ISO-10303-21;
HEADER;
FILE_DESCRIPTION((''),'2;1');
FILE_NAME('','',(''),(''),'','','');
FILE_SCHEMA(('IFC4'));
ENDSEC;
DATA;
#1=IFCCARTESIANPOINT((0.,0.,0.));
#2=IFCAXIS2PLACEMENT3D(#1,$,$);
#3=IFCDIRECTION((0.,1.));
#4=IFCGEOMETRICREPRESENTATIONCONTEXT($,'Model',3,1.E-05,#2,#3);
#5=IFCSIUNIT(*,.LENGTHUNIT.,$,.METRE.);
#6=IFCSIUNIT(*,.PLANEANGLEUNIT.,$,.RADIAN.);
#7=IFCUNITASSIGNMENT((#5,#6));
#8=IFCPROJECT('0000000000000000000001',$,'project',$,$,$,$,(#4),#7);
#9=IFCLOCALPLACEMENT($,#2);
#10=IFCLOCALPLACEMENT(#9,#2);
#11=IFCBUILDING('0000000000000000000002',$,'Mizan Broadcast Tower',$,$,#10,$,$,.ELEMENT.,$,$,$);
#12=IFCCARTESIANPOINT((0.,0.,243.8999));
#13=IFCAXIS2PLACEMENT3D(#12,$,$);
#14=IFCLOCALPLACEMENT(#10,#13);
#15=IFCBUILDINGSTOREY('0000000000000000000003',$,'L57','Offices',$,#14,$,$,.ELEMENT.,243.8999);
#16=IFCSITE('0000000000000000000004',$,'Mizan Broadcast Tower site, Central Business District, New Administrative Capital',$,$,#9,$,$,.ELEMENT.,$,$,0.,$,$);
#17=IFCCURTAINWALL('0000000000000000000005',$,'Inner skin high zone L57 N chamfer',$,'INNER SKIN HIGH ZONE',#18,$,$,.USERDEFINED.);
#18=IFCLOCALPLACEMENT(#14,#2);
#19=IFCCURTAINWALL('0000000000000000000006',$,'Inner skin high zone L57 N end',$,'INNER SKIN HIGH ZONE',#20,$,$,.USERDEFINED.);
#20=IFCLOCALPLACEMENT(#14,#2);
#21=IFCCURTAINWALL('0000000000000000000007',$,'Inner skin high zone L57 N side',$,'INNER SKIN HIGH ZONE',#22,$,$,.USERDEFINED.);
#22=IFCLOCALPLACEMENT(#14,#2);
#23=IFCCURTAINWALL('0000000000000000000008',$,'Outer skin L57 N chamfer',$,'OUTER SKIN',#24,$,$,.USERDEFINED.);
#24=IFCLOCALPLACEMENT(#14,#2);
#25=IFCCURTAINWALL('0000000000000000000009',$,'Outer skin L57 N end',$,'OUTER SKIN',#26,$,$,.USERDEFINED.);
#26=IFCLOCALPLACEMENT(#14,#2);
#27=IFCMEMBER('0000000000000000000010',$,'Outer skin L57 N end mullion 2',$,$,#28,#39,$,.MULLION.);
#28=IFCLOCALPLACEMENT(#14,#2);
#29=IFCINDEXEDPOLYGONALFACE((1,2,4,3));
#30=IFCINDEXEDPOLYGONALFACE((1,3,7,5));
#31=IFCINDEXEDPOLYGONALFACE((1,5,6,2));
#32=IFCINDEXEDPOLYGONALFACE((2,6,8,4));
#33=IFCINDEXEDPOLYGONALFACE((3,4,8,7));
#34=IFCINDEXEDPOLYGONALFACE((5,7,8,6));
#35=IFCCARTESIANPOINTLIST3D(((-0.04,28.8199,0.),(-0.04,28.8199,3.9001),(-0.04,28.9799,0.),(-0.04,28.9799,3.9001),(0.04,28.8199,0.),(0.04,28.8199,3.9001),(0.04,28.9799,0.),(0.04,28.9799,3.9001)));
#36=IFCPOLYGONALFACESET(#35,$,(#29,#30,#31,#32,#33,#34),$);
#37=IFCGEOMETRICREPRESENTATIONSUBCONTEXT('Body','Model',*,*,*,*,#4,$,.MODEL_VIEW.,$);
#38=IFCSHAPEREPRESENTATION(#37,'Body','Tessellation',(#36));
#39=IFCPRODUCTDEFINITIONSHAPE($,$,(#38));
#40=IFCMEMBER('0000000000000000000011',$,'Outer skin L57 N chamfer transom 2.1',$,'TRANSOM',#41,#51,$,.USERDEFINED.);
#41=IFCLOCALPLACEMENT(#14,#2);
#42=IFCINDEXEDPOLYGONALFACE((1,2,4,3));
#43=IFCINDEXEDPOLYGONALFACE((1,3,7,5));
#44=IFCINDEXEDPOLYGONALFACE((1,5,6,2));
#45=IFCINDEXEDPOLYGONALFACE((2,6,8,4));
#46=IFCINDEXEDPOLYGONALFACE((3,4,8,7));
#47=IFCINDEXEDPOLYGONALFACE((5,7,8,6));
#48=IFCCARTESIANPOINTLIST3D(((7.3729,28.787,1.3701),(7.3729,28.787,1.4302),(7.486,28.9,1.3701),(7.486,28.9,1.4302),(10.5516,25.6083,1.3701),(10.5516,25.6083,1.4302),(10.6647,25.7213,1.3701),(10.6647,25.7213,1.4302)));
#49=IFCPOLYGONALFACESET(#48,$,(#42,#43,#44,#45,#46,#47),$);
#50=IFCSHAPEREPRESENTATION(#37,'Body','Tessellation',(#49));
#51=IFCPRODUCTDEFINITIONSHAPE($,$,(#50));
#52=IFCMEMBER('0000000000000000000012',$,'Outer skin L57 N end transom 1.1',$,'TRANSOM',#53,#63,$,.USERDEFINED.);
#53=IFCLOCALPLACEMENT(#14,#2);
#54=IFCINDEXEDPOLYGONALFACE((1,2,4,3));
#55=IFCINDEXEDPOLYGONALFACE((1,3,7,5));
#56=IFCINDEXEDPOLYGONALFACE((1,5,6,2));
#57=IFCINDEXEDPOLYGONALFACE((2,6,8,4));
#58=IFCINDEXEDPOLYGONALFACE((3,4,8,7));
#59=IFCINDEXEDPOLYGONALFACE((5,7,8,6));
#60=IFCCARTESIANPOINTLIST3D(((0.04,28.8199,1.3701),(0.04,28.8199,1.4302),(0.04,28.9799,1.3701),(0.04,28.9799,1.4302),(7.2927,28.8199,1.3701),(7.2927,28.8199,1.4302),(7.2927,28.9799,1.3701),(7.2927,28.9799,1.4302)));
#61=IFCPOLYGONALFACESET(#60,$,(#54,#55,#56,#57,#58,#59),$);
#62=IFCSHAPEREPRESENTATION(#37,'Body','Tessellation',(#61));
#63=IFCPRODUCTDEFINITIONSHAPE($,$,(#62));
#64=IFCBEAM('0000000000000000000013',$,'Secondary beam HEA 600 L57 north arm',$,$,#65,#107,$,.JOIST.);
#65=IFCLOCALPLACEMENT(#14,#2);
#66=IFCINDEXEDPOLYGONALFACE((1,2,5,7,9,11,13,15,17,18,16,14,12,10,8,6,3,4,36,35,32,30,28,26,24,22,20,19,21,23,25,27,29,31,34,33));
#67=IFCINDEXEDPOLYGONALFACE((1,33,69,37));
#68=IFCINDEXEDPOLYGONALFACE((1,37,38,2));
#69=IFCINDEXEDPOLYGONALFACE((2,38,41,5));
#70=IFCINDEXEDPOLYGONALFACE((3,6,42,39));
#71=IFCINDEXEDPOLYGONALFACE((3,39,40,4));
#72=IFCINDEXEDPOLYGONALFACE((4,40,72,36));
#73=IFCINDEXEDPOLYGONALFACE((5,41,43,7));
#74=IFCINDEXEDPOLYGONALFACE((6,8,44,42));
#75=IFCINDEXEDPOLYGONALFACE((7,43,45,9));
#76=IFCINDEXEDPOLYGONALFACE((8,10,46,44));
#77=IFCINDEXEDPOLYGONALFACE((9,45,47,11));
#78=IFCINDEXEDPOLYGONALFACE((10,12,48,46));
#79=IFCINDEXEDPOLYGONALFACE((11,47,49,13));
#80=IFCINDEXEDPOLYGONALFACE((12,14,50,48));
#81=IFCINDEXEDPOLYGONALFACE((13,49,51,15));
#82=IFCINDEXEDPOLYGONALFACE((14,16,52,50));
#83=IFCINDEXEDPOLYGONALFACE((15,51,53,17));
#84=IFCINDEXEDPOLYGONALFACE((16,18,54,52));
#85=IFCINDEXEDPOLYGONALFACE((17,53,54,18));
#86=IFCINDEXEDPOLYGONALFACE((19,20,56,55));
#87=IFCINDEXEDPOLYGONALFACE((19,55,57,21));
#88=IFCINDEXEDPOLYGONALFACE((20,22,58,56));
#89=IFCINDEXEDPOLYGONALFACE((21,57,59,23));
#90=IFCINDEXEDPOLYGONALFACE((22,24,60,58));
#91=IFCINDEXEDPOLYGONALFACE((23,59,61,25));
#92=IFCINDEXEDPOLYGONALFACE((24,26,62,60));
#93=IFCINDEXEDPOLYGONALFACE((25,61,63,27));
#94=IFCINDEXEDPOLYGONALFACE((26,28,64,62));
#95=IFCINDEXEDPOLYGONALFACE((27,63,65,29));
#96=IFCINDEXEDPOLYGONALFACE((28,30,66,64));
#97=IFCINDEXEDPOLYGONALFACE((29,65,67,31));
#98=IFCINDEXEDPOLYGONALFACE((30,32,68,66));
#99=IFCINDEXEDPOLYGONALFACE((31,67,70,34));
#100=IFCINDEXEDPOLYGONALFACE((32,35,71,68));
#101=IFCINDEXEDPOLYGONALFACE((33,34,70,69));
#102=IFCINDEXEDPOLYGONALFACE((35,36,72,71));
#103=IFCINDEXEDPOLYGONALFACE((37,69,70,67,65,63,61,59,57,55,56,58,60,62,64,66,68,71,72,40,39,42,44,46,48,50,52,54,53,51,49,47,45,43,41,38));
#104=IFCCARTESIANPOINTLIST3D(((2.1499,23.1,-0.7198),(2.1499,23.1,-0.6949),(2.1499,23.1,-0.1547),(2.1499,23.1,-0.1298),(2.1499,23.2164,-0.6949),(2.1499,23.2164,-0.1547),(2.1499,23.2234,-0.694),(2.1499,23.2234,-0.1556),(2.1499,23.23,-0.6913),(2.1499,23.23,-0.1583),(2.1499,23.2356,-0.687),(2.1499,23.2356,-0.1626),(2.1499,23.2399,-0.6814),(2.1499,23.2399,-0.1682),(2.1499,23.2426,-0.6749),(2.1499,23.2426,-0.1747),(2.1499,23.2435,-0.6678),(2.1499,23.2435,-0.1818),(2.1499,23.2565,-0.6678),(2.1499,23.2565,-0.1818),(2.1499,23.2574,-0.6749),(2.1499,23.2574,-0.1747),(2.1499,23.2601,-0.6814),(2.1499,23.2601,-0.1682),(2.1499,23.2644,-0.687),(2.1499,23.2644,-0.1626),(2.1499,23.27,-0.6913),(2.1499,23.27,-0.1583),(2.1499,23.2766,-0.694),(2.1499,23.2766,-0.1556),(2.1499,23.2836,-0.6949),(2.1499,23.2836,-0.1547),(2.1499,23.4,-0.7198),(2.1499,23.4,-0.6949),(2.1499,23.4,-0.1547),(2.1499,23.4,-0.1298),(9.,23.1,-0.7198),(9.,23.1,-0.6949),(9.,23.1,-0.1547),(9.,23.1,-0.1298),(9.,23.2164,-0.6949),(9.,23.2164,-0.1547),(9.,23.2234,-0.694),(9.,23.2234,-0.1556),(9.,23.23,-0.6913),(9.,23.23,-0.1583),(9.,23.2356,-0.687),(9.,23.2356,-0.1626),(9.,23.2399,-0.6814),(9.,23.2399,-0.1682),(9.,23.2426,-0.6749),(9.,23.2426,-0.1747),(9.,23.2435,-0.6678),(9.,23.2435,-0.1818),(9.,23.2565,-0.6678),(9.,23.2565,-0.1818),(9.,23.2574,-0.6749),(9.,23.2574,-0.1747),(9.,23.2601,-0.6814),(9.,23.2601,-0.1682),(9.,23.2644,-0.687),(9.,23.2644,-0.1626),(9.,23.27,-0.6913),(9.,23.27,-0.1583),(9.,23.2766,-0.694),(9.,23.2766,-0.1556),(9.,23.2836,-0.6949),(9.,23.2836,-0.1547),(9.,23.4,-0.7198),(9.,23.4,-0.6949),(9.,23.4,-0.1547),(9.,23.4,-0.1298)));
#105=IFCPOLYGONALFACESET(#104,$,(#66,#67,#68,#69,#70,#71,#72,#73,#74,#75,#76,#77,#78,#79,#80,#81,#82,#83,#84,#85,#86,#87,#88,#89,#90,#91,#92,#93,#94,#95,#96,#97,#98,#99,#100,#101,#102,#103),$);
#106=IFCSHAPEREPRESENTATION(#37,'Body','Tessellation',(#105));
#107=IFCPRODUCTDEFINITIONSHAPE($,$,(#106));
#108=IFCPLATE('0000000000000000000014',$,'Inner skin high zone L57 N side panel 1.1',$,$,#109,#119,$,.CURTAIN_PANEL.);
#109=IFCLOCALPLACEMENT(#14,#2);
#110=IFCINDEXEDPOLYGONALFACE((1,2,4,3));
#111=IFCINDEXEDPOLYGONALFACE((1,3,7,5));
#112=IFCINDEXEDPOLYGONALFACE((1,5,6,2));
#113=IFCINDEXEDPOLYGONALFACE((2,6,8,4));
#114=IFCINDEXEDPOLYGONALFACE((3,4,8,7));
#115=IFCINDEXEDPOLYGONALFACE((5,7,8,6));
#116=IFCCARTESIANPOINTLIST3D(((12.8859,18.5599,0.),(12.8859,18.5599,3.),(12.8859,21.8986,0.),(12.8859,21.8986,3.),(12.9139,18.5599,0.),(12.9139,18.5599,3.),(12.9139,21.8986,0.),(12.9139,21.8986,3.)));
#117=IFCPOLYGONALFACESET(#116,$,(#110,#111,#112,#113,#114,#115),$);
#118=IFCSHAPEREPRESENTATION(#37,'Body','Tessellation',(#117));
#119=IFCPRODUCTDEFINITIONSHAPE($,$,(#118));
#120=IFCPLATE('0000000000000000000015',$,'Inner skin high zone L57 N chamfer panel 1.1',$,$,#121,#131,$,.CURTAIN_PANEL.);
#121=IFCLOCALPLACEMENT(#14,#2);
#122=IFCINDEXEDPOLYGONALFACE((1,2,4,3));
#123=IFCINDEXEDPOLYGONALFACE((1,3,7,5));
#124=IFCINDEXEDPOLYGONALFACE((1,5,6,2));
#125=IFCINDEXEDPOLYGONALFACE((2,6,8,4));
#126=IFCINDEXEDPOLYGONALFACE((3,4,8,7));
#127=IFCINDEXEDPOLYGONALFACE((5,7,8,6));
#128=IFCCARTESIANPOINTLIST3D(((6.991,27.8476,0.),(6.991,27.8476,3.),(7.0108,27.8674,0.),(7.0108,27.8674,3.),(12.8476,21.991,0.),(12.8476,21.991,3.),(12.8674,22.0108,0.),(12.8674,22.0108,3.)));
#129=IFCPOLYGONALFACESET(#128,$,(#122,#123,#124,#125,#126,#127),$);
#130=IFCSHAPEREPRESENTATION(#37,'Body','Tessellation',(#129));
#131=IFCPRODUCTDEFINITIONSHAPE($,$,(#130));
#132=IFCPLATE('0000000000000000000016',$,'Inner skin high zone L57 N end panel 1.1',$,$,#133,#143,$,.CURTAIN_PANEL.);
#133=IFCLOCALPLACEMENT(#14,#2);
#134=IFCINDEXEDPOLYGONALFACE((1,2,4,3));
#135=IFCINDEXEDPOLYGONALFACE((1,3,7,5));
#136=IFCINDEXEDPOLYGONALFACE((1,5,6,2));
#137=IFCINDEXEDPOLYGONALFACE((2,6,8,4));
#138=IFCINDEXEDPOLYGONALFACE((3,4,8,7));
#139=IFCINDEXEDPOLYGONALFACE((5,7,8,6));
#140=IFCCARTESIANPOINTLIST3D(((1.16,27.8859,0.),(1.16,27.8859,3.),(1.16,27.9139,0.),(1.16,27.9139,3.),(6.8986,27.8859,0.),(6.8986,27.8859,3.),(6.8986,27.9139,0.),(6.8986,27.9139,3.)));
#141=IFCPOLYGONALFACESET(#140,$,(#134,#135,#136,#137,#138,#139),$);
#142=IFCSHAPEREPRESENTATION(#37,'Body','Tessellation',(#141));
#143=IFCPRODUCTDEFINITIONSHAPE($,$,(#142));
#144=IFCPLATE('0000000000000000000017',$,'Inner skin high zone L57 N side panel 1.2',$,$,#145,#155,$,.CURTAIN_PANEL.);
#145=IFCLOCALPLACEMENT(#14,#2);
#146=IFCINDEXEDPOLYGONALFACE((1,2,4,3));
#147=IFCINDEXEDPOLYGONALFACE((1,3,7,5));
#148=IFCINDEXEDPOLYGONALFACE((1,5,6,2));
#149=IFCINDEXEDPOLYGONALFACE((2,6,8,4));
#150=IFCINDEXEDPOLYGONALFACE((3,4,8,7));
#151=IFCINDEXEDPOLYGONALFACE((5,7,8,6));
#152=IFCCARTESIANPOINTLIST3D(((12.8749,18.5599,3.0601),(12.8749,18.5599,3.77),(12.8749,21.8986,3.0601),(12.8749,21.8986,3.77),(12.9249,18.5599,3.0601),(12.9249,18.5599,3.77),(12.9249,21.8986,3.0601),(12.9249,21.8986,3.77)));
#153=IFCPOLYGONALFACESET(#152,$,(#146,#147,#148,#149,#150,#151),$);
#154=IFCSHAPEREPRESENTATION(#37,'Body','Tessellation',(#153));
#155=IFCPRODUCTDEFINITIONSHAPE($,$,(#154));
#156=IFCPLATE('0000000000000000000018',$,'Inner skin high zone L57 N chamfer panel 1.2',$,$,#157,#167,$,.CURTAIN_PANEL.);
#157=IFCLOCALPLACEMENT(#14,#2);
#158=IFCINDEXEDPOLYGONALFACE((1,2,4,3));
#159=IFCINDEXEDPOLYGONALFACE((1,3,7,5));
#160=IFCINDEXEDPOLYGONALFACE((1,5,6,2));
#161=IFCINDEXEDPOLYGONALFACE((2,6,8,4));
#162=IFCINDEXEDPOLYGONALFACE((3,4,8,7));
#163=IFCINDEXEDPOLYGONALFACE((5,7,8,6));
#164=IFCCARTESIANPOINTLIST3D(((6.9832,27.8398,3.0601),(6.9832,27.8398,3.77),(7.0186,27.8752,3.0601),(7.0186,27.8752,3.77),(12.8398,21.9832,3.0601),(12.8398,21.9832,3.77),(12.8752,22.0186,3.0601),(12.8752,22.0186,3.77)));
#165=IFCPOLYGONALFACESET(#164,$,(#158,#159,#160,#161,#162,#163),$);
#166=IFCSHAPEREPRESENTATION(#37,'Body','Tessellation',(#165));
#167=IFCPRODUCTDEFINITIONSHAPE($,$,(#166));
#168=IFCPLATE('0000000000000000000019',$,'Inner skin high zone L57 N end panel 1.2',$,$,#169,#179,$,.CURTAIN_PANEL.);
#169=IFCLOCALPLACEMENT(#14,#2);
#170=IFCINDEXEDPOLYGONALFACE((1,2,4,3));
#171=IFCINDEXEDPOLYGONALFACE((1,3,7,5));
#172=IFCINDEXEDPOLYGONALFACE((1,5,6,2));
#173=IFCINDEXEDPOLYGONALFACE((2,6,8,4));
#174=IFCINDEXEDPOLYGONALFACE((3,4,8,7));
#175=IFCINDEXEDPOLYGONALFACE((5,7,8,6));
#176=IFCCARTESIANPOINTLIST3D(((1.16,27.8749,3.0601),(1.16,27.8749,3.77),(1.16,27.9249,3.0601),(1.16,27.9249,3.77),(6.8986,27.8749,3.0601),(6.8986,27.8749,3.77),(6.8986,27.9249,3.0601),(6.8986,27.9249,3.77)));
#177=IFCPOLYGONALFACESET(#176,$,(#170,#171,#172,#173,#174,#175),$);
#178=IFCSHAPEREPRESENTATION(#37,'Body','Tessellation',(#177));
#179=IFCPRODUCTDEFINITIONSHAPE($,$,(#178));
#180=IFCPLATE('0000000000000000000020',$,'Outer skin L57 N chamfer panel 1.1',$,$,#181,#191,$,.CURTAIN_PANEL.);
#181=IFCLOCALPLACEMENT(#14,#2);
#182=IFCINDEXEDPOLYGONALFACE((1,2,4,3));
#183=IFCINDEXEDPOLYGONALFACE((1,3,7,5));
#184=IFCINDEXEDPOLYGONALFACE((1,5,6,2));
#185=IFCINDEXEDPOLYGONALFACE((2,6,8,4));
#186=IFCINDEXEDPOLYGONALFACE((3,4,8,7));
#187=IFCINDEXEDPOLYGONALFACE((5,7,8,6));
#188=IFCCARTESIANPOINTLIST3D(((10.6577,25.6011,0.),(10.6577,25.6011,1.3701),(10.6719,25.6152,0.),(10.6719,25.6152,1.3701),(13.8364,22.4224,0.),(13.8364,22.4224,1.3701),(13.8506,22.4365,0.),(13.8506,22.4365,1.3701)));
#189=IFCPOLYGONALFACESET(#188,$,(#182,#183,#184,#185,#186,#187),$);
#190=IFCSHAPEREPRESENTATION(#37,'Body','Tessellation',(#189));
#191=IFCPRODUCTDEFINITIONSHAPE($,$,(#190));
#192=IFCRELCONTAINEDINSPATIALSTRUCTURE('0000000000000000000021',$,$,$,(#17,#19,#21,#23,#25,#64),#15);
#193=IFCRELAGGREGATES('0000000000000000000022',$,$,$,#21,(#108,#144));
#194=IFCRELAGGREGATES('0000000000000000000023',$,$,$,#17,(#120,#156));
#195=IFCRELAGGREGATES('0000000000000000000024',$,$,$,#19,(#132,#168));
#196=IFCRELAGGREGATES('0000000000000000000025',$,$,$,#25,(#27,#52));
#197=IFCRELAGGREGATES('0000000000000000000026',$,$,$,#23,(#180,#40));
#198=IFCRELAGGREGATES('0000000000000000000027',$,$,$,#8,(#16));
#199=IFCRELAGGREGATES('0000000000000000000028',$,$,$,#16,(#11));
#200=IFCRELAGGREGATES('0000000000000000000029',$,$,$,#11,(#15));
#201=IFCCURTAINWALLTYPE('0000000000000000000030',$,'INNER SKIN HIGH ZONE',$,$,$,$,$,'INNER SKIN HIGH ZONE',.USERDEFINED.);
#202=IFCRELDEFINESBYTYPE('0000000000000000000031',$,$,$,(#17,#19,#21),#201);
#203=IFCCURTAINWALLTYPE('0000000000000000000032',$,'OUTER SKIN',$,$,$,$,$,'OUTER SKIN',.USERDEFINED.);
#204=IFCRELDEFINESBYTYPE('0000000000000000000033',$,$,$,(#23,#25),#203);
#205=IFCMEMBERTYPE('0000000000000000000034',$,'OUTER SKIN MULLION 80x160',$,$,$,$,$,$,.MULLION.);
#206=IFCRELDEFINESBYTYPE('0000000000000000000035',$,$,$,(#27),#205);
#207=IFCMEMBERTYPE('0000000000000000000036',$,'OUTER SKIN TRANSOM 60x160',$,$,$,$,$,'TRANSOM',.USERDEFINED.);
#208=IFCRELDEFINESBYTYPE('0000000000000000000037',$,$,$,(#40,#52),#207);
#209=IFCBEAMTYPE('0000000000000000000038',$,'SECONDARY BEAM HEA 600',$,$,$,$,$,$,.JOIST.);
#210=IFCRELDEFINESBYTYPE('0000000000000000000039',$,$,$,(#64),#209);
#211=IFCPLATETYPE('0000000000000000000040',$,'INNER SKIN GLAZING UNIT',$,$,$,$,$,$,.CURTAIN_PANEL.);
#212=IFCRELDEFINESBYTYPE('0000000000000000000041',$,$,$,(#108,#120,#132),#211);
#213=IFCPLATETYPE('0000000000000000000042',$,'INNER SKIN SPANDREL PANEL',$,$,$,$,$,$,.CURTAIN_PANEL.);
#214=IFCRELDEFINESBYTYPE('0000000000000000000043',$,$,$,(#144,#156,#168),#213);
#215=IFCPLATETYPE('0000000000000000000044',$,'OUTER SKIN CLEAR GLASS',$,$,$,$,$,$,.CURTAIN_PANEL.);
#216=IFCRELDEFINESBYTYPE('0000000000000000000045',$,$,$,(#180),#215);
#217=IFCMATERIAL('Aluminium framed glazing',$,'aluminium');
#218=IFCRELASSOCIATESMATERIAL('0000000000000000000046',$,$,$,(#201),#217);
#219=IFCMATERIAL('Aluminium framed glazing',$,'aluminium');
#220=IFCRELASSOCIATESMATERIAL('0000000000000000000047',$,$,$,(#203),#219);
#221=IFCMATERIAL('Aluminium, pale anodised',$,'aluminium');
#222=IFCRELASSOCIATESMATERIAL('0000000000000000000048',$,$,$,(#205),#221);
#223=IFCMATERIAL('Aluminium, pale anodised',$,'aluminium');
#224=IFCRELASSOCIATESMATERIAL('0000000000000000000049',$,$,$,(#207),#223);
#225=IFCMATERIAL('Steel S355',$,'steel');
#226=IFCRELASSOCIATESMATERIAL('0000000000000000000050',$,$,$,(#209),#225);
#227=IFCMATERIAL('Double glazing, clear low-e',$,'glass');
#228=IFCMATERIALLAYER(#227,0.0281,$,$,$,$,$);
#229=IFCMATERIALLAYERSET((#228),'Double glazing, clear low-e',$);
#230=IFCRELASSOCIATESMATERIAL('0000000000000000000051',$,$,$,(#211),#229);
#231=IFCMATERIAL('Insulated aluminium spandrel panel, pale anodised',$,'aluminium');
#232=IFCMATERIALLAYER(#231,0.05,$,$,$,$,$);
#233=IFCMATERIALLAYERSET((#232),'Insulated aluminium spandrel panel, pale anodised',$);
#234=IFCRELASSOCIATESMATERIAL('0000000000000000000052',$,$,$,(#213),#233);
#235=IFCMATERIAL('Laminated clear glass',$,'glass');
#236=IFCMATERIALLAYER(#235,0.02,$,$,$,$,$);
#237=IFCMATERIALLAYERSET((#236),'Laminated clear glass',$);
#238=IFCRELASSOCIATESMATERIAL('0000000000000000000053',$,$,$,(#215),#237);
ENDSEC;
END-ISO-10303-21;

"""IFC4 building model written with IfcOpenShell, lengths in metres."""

from ifc_helpers import new_model, si_unit, direction, frame, origin, origin_2d, place, context, subcontext, project, spatial, rectangle, i_section, extrude, material, layer, layer_set, material_profile, profile_set, type_object, element, aggregate, save


model = new_model("IFC4")

# Units and contexts
model_context = context("Model", 3, precision=1e-05, world=origin(), true_north=direction((0.0, 1.0)))
body_context = subcontext(model_context, "Body", "Model", "MODEL_VIEW")
ifc_project = project(units=[si_unit("LENGTHUNIT", "METRE"), si_unit("PLANEANGLEUNIT", "RADIAN")], contexts=[model_context])

# Site, building, storey
site_placement = place(None, origin())
site = spatial("IfcSite", under=ifc_project, at=site_placement, Name="Mizan Broadcast Tower site, Central Business District, New Administrative Capital", CompositionType="ELEMENT", RefElevation=0.0)
building_placement = place(site_placement, origin())
building = spatial("IfcBuilding", under=site, at=building_placement, Name="Mizan Broadcast Tower", CompositionType="ELEMENT")
storey_placement = place(building_placement, frame((0.0, 0.0, 243.8999)))
storey = spatial("IfcBuildingStorey", under=building, at=storey_placement, Name="L57", Description="Offices", CompositionType="ELEMENT", Elevation=243.8999)

# Curtain walls
ifc_material_1 = material(Name="Aluminium framed glazing", Category="aluminium")
curtain_wall_type_1 = type_object("IfcCurtainWallType", Name="INNER SKIN HIGH ZONE", ElementType="INNER SKIN HIGH ZONE", PredefinedType="USERDEFINED", material=ifc_material_1)
curtain_wall_1_placement = place(storey_placement, origin())
curtain_wall_1 = element("IfcCurtainWall", 1, at=curtain_wall_1_placement, inside=storey, type_object=curtain_wall_type_1, Name="Inner skin high zone L57 N chamfer", ObjectType="INNER SKIN HIGH ZONE", PredefinedType="USERDEFINED")
curtain_wall_2_placement = place(storey_placement, origin())
curtain_wall_2 = element("IfcCurtainWall", 2, at=curtain_wall_2_placement, inside=storey, type_object=curtain_wall_type_1, Name="Inner skin high zone L57 N end", ObjectType="INNER SKIN HIGH ZONE", PredefinedType="USERDEFINED")
curtain_wall_3_placement = place(storey_placement, origin())
curtain_wall_3 = element("IfcCurtainWall", 3, at=curtain_wall_3_placement, inside=storey, type_object=curtain_wall_type_1, Name="Inner skin high zone L57 N side", ObjectType="INNER SKIN HIGH ZONE", PredefinedType="USERDEFINED")

# Curtain wall
ifc_material_2 = material(Name="Aluminium framed glazing", Category="aluminium")
curtain_wall_type_2 = type_object("IfcCurtainWallType", Name="OUTER SKIN", ElementType="OUTER SKIN", PredefinedType="USERDEFINED", material=ifc_material_2)
curtain_wall_4_placement = place(storey_placement, origin())
curtain_wall_4 = element("IfcCurtainWall", 4, at=curtain_wall_4_placement, inside=storey, type_object=curtain_wall_type_2, Name="Outer skin L57 N chamfer", ObjectType="OUTER SKIN", PredefinedType="USERDEFINED")
ifc_material_3 = material(Name="Aluminium, pale anodised", Category="aluminium")
ifc_material_profile_1 = material_profile(ifc_material_3, rectangle(XDim=0.1599, YDim=0.0801, at=origin_2d()), Name="MULLION 160x80")
ifc_profile_set_1 = profile_set([ifc_material_profile_1], Name="Aluminium, pale anodised")
member_type_1 = type_object("IfcMemberType", Name="OUTER SKIN MULLION 80x160", PredefinedType="MULLION", material=ifc_profile_set_1)

# Curtain wall, member
curtain_wall_5_placement = place(storey_placement, origin())
curtain_wall_5 = element("IfcCurtainWall", 5, at=curtain_wall_5_placement, inside=storey, type_object=curtain_wall_type_2, Name="Outer skin L57 N end", ObjectType="OUTER SKIN", PredefinedType="USERDEFINED")
member_1_placement = place(storey_placement, frame((0.0, 28.8999, 0.0), z_axis=(0.0, 0.0, 1.0), x_axis=(0.0, -1.0, 0.0)))
member_1 = element("IfcMember", 6, at=member_1_placement, type_object=member_type_1, Name="Outer skin L57 N end mullion 2", PredefinedType="MULLION", context=body_context, shape_type="SweptSolid", body=[
    extrude(rectangle(XDim=0.1599, YDim=0.0801, at=origin_2d()), origin(), (0.0, 0.0, 1.0), 3.9001),
])

# Members
ifc_material_4 = material(Name="Aluminium, pale anodised", Category="aluminium")
ifc_material_profile_2 = material_profile(ifc_material_4, rectangle(XDim=0.1599, YDim=0.0601, at=origin_2d()), Name="TRANSOM 160x60")
ifc_profile_set_2 = profile_set([ifc_material_profile_2], Name="Aluminium, pale anodised")
member_type_2 = type_object("IfcMemberType", Name="OUTER SKIN TRANSOM 60x160", ElementType="TRANSOM", PredefinedType="USERDEFINED", material=ifc_profile_set_2)
member_2_placement = place(storey_placement, frame((10.6082, 25.6648, 1.4001), z_axis=(-0.707107, 0.707107, 0.0), x_axis=(-0.707107, -0.707107, 0.0)))
member_2 = element("IfcMember", 7, at=member_2_placement, type_object=member_type_2, Name="Outer skin L57 N chamfer transom 2.1", ObjectType="TRANSOM", PredefinedType="USERDEFINED", context=body_context, shape_type="SweptSolid", body=[
    extrude(rectangle(XDim=0.1599, YDim=0.0601, at=origin_2d()), origin(), (0.0, 0.0, 1.0), 4.4954),
])
member_3_placement = place(storey_placement, frame((7.2927, 28.8999, 1.4001), z_axis=(-1.0, 0.0, 0.0), x_axis=(0.0, -1.0, 0.0)))
member_3 = element("IfcMember", 8, at=member_3_placement, type_object=member_type_2, Name="Outer skin L57 N end transom 1.1", ObjectType="TRANSOM", PredefinedType="USERDEFINED", context=body_context, shape_type="SweptSolid", body=[
    extrude(rectangle(XDim=0.1599, YDim=0.0601, at=origin_2d()), origin(), (0.0, 0.0, 1.0), 7.2527),
])

# Beam
ifc_material_5 = material(Name="Steel S355", Category="steel")
ifc_material_profile_3 = material_profile(ifc_material_5, i_section(OverallWidth=0.3, OverallDepth=0.5901, WebThickness=0.0129, FlangeThickness=0.0249, FilletRadius=0.0271, at=origin_2d()), Name="HEA 600")
ifc_profile_set_3 = profile_set([ifc_material_profile_3], Name="Steel S355")
beam_type_1 = type_object("IfcBeamType", Name="SECONDARY BEAM HEA 600", PredefinedType="JOIST", material=ifc_profile_set_3)
beam_1_placement = place(storey_placement, frame((9.0, 23.25, -0.4248), z_axis=(-1.0, 0.0, 0.0), x_axis=(0.0, -1.0, 0.0)))
element("IfcBeam", 9, at=beam_1_placement, inside=storey, type_object=beam_type_1, Name="Secondary beam HEA 600 L57 north arm", PredefinedType="JOIST", context=body_context, shape_type="SweptSolid", body=[
    extrude(i_section(OverallWidth=0.3, OverallDepth=0.5901, WebThickness=0.0129, FlangeThickness=0.0249, FilletRadius=0.0271, at=origin_2d()), origin(), (0.0, 0.0, 1.0), 6.8501),
])

# Plates
ifc_material_6 = material(Name="Double glazing, clear low-e", Category="glass")
ifc_layer_1 = layer(ifc_material_6, 0.0281)
ifc_layer_set_1 = layer_set([ifc_layer_1], Name="Double glazing, clear low-e")
plate_type_1 = type_object("IfcPlateType", Name="INNER SKIN GLAZING UNIT", PredefinedType="CURTAIN_PANEL", material=ifc_layer_set_1)
plate_1_placement = place(storey_placement, frame((12.8999, 20.2292, 0.0), z_axis=(0.0, 0.0, 1.0), x_axis=(0.0, 1.0, 0.0)))
plate_1 = element("IfcPlate", 10, at=plate_1_placement, type_object=plate_type_1, Name="Inner skin high zone L57 N side panel 1.1", PredefinedType="CURTAIN_PANEL", context=body_context, shape_type="SweptSolid", body=[
    extrude(rectangle(XDim=3.3386, YDim=0.0281, at=origin_2d()), origin(), (0.0, 0.0, 1.0), 3.0),
])
plate_2_placement = place(storey_placement, frame((9.9292, 24.9292, 0.0), z_axis=(0.0, 0.0, 1.0), x_axis=(-0.707107, 0.707107, 0.0)))
plate_2 = element("IfcPlate", 11, at=plate_2_placement, type_object=plate_type_1, Name="Inner skin high zone L57 N chamfer panel 1.1", PredefinedType="CURTAIN_PANEL", context=body_context, shape_type="SweptSolid", body=[
    extrude(rectangle(XDim=8.2825, YDim=0.0281, at=origin_2d()), origin(), (0.0, 0.0, 1.0), 3.0),
])
plate_3_placement = place(storey_placement, frame((4.0293, 27.8999, 0.0), z_axis=(0.0, 0.0, 1.0), x_axis=(-1.0, 0.0, 0.0)))
plate_3 = element("IfcPlate", 12, at=plate_3_placement, type_object=plate_type_1, Name="Inner skin high zone L57 N end panel 1.1", PredefinedType="CURTAIN_PANEL", context=body_context, shape_type="SweptSolid", body=[
    extrude(rectangle(XDim=5.7385, YDim=0.0281, at=origin_2d()), origin(), (0.0, 0.0, 1.0), 3.0),
])
ifc_material_7 = material(Name="Insulated aluminium spandrel panel, pale anodised", Category="aluminium")
ifc_layer_2 = layer(ifc_material_7, 0.05)
ifc_layer_set_2 = layer_set([ifc_layer_2], Name="Insulated aluminium spandrel panel, pale anodised")
plate_type_2 = type_object("IfcPlateType", Name="INNER SKIN SPANDREL PANEL", PredefinedType="CURTAIN_PANEL", material=ifc_layer_set_2)
plate_4_placement = place(storey_placement, frame((12.8999, 20.2292, 3.0601), z_axis=(0.0, 0.0, 1.0), x_axis=(0.0, 1.0, 0.0)))
plate_4 = element("IfcPlate", 13, at=plate_4_placement, type_object=plate_type_2, Name="Inner skin high zone L57 N side panel 1.2", PredefinedType="CURTAIN_PANEL", context=body_context, shape_type="SweptSolid", body=[
    extrude(rectangle(XDim=3.3386, YDim=0.05, at=origin_2d()), origin(), (0.0, 0.0, 1.0), 0.71),
])
aggregate(curtain_wall_3, [plate_1, plate_4])
plate_5_placement = place(storey_placement, frame((9.9292, 24.9292, 3.0601), z_axis=(0.0, 0.0, 1.0), x_axis=(-0.707107, 0.707107, 0.0)))
plate_5 = element("IfcPlate", 14, at=plate_5_placement, type_object=plate_type_2, Name="Inner skin high zone L57 N chamfer panel 1.2", PredefinedType="CURTAIN_PANEL", context=body_context, shape_type="SweptSolid", body=[
    extrude(rectangle(XDim=8.2825, YDim=0.05, at=origin_2d()), origin(), (0.0, 0.0, 1.0), 0.71),
])
aggregate(curtain_wall_1, [plate_2, plate_5])
plate_6_placement = place(storey_placement, frame((4.0293, 27.8999, 3.0601), z_axis=(0.0, 0.0, 1.0), x_axis=(-1.0, 0.0, 0.0)))
plate_6 = element("IfcPlate", 15, at=plate_6_placement, type_object=plate_type_2, Name="Inner skin high zone L57 N end panel 1.2", PredefinedType="CURTAIN_PANEL", context=body_context, shape_type="SweptSolid", body=[
    extrude(rectangle(XDim=5.7385, YDim=0.05, at=origin_2d()), origin(), (0.0, 0.0, 1.0), 0.71),
])
aggregate(curtain_wall_2, [plate_3, plate_6])
ifc_material_8 = material(Name="Laminated clear glass", Category="glass")
ifc_layer_3 = layer(ifc_material_8, 0.02)
ifc_layer_set_3 = layer_set([ifc_layer_3], Name="Laminated clear glass")
plate_type_3 = type_object("IfcPlateType", Name="OUTER SKIN CLEAR GLASS", PredefinedType="CURTAIN_PANEL", material=ifc_layer_set_3)
plate_7_placement = place(storey_placement, frame((12.2542, 24.0188, 0.0), z_axis=(0.0, 0.0, 1.0), x_axis=(-0.707107, 0.707107, 0.0)))
plate_7 = element("IfcPlate", 16, at=plate_7_placement, type_object=plate_type_3, Name="Outer skin L57 N chamfer panel 1.1", PredefinedType="CURTAIN_PANEL", context=body_context, shape_type="SweptSolid", body=[
    extrude(rectangle(XDim=4.4954, YDim=0.02, at=origin_2d()), origin(), (0.0, 0.0, 1.0), 1.3701),
])
aggregate(curtain_wall_5, [member_1, member_3])
aggregate(curtain_wall_4, [plate_7, member_2])

save(model, "model.ifc")
